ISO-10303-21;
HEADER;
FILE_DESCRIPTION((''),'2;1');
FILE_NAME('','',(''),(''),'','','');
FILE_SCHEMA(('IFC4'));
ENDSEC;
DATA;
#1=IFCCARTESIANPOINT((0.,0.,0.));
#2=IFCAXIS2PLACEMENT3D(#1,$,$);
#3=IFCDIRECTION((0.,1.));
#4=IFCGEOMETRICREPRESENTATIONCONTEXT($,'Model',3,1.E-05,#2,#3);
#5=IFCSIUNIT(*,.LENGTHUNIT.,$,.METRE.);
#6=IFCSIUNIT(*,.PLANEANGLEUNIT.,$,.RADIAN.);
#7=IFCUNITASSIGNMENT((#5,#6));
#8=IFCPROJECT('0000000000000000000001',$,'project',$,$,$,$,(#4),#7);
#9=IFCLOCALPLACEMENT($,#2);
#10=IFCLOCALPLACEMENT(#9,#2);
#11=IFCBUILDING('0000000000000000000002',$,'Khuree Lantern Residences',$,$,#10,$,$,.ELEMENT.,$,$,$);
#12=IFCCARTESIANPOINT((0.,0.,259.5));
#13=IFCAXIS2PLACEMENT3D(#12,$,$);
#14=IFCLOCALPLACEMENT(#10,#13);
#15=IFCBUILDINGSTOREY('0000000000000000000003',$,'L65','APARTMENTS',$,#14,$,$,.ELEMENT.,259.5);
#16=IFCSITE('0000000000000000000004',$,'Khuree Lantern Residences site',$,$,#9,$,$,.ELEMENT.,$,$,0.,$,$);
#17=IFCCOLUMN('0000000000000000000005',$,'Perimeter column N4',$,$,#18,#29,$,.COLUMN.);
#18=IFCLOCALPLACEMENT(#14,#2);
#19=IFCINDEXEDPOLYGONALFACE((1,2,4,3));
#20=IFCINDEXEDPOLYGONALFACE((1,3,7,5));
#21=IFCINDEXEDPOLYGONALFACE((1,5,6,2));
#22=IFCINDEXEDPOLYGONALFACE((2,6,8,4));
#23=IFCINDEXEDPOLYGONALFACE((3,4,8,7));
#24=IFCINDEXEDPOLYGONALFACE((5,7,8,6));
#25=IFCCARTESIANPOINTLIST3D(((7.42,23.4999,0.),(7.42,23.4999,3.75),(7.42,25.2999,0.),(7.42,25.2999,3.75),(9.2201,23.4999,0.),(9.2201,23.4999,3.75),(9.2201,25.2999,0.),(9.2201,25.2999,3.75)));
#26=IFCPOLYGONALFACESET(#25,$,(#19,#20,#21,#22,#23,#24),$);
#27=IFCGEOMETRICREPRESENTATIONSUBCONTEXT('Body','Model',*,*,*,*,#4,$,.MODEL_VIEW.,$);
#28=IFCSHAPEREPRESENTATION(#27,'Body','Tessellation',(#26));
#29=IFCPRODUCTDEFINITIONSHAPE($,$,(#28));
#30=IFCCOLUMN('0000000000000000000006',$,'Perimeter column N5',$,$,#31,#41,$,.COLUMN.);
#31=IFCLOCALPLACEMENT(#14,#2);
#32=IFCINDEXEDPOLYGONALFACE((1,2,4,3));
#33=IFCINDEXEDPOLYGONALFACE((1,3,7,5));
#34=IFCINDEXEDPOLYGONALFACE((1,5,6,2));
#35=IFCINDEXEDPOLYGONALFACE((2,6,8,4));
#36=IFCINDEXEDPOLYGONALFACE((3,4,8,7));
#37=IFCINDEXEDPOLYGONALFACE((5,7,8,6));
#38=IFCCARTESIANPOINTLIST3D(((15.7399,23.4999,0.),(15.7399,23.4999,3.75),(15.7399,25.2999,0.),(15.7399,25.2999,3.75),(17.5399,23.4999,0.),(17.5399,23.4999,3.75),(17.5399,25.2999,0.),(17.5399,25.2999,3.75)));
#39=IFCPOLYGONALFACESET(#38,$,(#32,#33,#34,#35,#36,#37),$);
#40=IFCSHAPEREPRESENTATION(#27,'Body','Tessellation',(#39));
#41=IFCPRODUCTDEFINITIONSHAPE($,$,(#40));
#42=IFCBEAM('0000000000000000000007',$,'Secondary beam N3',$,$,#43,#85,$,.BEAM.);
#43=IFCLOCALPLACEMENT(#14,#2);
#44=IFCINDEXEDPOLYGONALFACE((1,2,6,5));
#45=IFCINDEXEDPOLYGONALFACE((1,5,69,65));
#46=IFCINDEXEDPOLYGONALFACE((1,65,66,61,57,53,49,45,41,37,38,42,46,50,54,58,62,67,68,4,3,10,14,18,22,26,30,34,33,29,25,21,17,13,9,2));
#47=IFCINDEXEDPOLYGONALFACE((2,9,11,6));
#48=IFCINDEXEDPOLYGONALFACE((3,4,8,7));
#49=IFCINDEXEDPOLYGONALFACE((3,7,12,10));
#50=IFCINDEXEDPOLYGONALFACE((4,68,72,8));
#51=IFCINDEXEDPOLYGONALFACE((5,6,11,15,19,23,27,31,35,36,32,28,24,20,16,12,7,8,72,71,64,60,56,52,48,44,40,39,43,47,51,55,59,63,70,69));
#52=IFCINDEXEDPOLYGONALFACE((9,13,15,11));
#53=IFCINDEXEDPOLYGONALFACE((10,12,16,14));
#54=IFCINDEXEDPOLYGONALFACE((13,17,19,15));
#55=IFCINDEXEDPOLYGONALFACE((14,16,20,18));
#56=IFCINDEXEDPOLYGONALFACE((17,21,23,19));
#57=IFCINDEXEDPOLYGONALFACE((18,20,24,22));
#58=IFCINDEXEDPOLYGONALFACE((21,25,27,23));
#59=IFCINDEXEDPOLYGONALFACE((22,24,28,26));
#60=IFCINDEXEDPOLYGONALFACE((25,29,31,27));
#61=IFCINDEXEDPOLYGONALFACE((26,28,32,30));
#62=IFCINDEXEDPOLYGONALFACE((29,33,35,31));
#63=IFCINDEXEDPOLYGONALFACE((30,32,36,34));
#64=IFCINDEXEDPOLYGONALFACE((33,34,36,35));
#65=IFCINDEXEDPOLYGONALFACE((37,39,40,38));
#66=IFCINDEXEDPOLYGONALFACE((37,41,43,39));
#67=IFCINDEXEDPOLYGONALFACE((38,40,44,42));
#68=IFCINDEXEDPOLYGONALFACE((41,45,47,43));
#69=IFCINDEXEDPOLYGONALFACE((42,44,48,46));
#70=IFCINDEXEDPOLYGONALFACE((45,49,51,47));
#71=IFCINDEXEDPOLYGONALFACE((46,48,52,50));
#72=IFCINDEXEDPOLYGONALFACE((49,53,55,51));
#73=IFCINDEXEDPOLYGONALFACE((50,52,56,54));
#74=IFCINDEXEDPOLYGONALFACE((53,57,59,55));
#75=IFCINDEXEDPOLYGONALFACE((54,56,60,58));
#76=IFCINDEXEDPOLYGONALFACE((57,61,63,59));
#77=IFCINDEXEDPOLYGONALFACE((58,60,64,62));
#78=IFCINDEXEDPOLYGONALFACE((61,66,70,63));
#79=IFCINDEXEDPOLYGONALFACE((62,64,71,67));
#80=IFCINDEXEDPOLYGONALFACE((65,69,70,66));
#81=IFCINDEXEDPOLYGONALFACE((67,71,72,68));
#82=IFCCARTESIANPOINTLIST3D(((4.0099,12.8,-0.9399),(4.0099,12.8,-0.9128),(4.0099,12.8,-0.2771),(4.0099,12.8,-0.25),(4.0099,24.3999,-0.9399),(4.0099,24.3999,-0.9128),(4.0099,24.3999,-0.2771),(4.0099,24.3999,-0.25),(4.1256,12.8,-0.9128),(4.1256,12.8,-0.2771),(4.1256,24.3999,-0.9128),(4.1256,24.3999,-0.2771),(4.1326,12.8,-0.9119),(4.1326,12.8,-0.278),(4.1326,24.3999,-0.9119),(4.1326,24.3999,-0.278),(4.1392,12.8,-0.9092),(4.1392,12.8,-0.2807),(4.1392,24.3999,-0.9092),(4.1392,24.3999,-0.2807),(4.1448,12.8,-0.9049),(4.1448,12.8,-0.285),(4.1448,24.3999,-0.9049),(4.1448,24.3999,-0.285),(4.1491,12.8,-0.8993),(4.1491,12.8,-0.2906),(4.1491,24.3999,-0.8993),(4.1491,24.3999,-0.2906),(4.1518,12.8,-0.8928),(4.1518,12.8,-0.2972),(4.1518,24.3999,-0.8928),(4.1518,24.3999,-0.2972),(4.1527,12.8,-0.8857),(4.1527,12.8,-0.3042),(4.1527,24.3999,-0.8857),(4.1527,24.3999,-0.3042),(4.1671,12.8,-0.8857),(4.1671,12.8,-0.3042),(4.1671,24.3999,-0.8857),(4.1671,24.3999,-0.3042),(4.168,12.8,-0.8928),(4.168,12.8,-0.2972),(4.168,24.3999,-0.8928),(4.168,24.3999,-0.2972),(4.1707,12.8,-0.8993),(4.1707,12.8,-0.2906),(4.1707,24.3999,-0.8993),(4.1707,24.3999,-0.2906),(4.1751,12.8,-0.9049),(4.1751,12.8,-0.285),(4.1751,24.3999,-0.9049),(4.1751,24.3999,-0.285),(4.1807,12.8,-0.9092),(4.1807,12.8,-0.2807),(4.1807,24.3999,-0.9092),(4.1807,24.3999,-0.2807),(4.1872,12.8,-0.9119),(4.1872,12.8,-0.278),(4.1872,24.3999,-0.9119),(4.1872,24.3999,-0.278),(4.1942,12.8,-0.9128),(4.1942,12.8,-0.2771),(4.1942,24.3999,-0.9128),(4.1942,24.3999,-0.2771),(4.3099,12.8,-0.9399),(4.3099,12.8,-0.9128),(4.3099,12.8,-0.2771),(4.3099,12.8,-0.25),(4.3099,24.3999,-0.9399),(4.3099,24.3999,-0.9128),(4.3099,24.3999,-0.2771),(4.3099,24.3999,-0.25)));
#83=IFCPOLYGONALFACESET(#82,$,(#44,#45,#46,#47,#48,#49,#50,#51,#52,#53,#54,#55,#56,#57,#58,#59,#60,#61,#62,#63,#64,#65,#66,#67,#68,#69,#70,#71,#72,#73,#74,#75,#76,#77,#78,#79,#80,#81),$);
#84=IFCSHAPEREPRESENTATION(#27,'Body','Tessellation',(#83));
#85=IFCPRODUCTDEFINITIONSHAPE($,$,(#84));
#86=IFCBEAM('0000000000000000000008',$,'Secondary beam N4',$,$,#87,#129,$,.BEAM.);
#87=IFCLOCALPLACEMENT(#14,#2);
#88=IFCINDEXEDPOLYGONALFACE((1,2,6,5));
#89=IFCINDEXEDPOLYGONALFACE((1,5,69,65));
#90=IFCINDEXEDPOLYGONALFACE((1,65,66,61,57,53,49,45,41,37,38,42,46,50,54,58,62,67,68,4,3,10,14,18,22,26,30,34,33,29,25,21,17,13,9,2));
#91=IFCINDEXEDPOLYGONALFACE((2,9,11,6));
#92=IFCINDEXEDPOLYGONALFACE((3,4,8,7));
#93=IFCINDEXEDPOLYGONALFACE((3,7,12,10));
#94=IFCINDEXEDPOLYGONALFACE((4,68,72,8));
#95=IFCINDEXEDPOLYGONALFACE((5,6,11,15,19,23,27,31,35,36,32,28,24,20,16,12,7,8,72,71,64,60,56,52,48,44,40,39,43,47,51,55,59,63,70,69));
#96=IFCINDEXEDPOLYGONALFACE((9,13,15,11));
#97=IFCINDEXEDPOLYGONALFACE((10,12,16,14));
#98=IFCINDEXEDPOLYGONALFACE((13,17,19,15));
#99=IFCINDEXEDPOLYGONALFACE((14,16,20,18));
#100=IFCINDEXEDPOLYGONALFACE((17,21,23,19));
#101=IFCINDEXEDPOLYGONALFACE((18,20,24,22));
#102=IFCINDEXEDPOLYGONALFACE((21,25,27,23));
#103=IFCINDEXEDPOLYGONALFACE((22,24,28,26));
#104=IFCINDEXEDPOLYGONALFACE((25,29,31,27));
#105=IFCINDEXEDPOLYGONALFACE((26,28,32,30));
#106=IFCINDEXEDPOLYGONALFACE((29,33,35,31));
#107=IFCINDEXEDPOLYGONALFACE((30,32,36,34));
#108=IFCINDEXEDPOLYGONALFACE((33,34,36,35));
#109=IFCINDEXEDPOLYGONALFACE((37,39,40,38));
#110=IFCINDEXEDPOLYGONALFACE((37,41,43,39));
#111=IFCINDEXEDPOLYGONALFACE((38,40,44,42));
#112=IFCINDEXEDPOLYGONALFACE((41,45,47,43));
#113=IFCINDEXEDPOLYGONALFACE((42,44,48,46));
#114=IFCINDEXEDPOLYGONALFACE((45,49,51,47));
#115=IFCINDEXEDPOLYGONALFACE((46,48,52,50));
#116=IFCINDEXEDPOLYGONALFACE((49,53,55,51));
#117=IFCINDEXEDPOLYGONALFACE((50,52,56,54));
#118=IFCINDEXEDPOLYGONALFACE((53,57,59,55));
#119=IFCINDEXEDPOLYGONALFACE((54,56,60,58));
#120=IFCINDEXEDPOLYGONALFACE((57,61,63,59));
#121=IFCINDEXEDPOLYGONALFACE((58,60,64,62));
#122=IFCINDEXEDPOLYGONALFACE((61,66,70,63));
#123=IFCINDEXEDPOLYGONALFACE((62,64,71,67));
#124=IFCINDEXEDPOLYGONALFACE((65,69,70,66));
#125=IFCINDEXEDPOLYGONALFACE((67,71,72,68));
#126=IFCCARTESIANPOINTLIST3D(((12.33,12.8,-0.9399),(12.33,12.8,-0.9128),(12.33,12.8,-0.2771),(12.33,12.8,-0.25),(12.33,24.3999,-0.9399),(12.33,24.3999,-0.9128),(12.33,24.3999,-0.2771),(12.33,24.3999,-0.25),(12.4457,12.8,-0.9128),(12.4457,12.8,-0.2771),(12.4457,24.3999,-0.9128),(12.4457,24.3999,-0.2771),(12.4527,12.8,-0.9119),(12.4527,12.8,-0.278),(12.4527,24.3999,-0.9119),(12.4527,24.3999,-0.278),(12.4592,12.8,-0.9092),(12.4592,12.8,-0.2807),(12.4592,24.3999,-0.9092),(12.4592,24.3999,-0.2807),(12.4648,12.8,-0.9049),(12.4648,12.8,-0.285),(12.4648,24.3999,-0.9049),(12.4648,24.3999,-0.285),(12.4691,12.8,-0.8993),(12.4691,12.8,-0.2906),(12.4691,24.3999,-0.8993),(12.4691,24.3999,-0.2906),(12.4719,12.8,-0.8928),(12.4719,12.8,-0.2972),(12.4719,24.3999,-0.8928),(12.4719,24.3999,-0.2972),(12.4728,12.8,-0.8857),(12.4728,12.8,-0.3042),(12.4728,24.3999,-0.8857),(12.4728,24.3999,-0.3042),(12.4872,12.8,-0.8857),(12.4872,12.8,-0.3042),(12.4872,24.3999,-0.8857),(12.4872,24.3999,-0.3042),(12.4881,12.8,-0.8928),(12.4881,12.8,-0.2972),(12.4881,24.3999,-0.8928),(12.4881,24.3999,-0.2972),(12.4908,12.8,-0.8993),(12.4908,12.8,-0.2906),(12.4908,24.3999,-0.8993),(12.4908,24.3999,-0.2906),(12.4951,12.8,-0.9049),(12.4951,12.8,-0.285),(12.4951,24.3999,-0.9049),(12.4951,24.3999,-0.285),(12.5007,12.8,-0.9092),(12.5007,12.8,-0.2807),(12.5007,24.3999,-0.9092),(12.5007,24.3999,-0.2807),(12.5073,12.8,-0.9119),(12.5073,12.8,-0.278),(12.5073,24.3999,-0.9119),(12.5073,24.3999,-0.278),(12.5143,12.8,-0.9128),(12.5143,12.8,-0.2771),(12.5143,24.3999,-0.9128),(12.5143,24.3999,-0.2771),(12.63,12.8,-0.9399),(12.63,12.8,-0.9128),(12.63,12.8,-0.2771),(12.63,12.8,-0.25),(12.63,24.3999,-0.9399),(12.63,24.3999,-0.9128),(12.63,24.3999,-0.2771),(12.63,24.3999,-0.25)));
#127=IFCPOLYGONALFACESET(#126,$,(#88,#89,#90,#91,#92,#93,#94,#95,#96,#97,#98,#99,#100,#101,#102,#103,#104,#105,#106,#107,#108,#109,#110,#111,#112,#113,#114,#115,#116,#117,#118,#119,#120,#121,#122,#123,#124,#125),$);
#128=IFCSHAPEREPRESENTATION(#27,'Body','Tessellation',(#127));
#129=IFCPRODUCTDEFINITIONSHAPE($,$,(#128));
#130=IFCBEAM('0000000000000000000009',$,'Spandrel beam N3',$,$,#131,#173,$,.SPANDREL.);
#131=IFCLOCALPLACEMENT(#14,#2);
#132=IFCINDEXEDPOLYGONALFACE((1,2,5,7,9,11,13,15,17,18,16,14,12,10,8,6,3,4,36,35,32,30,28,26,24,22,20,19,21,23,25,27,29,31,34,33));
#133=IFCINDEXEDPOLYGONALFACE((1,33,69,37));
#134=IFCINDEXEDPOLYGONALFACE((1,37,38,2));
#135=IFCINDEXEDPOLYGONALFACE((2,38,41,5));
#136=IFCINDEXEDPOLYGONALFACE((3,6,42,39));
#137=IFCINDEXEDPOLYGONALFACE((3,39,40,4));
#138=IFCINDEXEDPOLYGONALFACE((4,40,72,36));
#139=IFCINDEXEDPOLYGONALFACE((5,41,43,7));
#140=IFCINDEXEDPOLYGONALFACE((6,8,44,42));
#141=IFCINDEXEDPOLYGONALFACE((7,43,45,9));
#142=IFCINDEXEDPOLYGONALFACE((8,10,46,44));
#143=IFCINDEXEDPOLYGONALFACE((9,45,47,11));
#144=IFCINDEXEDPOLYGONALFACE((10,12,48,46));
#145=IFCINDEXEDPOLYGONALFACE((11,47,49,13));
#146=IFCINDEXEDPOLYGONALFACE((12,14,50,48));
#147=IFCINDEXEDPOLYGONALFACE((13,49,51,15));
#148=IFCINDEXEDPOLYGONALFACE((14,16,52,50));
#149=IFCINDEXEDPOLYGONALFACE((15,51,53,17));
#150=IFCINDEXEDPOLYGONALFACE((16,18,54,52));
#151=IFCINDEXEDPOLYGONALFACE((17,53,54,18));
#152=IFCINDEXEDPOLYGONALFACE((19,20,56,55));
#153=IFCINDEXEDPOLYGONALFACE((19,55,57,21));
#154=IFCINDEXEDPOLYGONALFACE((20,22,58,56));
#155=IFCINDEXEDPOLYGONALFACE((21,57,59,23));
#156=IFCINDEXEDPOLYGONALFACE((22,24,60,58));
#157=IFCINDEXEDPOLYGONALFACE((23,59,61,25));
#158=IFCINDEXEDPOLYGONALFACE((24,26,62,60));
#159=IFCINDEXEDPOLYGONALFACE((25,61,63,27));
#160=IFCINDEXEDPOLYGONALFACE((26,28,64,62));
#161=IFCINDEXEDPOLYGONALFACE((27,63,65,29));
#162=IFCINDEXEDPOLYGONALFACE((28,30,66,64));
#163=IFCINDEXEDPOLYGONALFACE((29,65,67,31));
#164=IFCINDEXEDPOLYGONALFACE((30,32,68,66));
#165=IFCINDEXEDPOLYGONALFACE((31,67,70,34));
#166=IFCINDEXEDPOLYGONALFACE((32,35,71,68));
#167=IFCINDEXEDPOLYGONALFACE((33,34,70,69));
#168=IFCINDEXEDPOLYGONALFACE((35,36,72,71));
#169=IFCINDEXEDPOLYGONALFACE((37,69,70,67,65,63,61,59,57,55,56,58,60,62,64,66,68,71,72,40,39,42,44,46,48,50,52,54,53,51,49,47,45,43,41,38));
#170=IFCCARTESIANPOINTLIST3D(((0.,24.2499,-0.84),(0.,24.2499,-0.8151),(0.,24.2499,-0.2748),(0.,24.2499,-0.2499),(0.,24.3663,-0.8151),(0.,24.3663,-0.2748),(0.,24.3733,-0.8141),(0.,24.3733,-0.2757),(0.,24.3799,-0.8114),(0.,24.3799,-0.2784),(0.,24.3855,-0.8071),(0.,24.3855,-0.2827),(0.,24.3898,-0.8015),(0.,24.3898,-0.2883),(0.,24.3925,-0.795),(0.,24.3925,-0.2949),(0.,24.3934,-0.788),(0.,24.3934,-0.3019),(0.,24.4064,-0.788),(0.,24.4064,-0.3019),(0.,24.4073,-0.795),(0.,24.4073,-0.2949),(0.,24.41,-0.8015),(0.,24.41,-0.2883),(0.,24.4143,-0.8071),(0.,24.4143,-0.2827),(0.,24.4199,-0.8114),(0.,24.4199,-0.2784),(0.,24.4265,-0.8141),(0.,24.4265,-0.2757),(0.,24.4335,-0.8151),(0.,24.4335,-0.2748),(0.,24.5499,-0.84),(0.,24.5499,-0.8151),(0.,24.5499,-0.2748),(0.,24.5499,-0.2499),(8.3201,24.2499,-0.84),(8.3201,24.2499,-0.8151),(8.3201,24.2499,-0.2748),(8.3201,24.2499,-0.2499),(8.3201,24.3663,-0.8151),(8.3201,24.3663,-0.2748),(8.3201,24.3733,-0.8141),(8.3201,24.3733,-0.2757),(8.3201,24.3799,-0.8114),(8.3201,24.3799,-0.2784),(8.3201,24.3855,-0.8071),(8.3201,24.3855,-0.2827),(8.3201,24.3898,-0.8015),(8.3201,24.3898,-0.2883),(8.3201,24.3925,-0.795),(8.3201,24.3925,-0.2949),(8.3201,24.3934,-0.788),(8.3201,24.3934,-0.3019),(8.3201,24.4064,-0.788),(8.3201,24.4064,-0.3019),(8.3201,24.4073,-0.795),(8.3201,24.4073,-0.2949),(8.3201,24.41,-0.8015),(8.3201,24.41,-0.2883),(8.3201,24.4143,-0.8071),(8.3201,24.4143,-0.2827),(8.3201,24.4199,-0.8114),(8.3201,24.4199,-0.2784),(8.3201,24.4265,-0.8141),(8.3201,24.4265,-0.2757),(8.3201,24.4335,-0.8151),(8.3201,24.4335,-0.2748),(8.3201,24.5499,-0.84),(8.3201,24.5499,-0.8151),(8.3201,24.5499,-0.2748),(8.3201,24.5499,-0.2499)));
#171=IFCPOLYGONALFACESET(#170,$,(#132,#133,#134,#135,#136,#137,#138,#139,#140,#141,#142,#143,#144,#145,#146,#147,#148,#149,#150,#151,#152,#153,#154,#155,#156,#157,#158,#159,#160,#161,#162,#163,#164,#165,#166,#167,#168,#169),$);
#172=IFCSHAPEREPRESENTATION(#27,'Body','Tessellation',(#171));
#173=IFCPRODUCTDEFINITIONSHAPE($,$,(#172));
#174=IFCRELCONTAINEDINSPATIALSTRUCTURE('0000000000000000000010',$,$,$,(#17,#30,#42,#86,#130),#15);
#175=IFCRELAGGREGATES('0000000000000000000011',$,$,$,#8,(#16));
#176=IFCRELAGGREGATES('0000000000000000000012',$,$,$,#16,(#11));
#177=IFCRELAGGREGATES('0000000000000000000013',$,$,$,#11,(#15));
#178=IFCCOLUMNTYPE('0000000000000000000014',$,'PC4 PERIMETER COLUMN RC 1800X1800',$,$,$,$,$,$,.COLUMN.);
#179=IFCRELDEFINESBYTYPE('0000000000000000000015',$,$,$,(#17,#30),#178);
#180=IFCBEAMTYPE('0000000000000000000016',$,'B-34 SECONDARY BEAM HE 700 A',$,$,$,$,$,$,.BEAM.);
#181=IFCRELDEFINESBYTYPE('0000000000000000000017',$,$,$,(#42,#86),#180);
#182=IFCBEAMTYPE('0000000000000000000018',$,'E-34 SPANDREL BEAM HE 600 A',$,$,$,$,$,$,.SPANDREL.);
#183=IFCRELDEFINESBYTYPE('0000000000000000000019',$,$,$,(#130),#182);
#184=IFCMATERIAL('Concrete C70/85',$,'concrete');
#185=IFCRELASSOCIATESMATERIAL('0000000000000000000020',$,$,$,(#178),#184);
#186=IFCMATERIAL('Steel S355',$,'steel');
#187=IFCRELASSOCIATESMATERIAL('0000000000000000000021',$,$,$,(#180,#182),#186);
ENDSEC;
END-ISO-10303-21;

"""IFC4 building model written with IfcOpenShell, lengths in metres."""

from ifc_helpers import new_model, si_unit, direction, frame, origin, origin_2d, place, context, subcontext, project, spatial, rectangle, i_section, extrude, material, material_profile, profile_set, type_object, element, save


model = new_model("IFC4")

# Units and contexts
model_context = context("Model", 3, precision=1e-05, world=origin(), true_north=direction((0.0, 1.0)))
body_context = subcontext(model_context, "Body", "Model", "MODEL_VIEW")
ifc_project = project(units=[si_unit("LENGTHUNIT", "METRE"), si_unit("PLANEANGLEUNIT", "RADIAN")], contexts=[model_context])

# Site, building, storey
site_placement = place(None, origin())
site = spatial("IfcSite", under=ifc_project, at=site_placement, Name="Khuree Lantern Residences site", CompositionType="ELEMENT", RefElevation=0.0)
building_placement = place(site_placement, origin())
building = spatial("IfcBuilding", under=site, at=building_placement, Name="Khuree Lantern Residences", CompositionType="ELEMENT")
storey_placement = place(building_placement, frame((0.0, 0.0, 259.5)))
storey = spatial("IfcBuildingStorey", under=building, at=storey_placement, Name="L65", Description="APARTMENTS", CompositionType="ELEMENT", Elevation=259.5)

# Columns
ifc_material_1 = material(Name="Concrete C70/85", Category="concrete")
ifc_material_profile_1 = material_profile(ifc_material_1, rectangle(XDim=1.8, YDim=1.8, at=origin_2d()), Name="RC 1800X1800")
ifc_profile_set_1 = profile_set([ifc_material_profile_1], Name="Concrete C70/85")
column_type = type_object("IfcColumnType", Name="PC4 PERIMETER COLUMN RC 1800X1800", PredefinedType="COLUMN", material=ifc_profile_set_1)
for number, where, z_axis, x_axis, name in (
    (1, (8.3201, 24.3999, 0.0), (0.0, 0.0, 1.0), (1.0, 0.0, 0.0), "Perimeter column N4"),
    (2, (16.6399, 24.3999, 0.0), (0.0, 0.0, 1.0), (1.0, 0.0, 0.0), "Perimeter column N5"),
):
    element("IfcColumn", number, at=place(storey_placement, frame(where, z_axis=z_axis, x_axis=x_axis)), inside=storey, type_object=column_type, Name=name, PredefinedType="COLUMN", context=body_context, shape_type="SweptSolid", body=[
        extrude(rectangle(XDim=1.8, YDim=1.8, at=origin_2d()), origin(), (0.0, 0.0, 1.0), 3.75),
    ])

# Beams
ifc_material_2 = material(Name="Steel S355", Category="steel")
ifc_material_profile_2 = material_profile(ifc_material_2, i_section(OverallWidth=0.3, OverallDepth=0.6899, WebThickness=0.0144, FlangeThickness=0.0271, FilletRadius=0.0271, at=origin_2d()), Name="HE 700 A")
ifc_profile_set_2 = profile_set([ifc_material_profile_2], Name="Steel S355")
beam_type_1 = type_object("IfcBeamType", Name="B-34 SECONDARY BEAM HE 700 A", PredefinedType="BEAM", material=ifc_profile_set_2)
for number, where, z_axis, x_axis, name in (
    (3, (4.1599, 24.3999, -0.595), (0.0, -1.0, 0.0), (1.0, 0.0, 0.0), "Secondary beam N3"),
    (4, (12.48, 24.3999, -0.595), (0.0, -1.0, 0.0), (1.0, 0.0, 0.0), "Secondary beam N4"),
):
    element("IfcBeam", number, at=place(storey_placement, frame(where, z_axis=z_axis, x_axis=x_axis)), inside=storey, type_object=beam_type_1, Name=name, PredefinedType="BEAM", context=body_context, shape_type="SweptSolid", body=[
        extrude(i_section(OverallWidth=0.3, OverallDepth=0.6899, WebThickness=0.0144, FlangeThickness=0.0271, FilletRadius=0.0271, at=origin_2d()), origin(), (0.0, 0.0, 1.0), 11.5999),
    ])
ifc_material_profile_3 = material_profile(ifc_material_2, i_section(OverallWidth=0.3, OverallDepth=0.5901, WebThickness=0.0129, FlangeThickness=0.0249, FilletRadius=0.0271, at=origin_2d()), Name="HE 600 A")
ifc_profile_set_3 = profile_set([ifc_material_profile_3], Name="Steel S355")
beam_type_2 = type_object("IfcBeamType", Name="E-34 SPANDREL BEAM HE 600 A", PredefinedType="SPANDREL", material=ifc_profile_set_3)
beam_1_placement = place(storey_placement, frame((0.0, 24.3999, -0.5449), z_axis=(1.0, 0.0, 0.0), x_axis=(0.0, 1.0, 0.0)))
element("IfcBeam", 5, at=beam_1_placement, inside=storey, type_object=beam_type_2, Name="Spandrel beam N3", PredefinedType="SPANDREL", context=body_context, shape_type="SweptSolid", body=[
    extrude(i_section(OverallWidth=0.3, OverallDepth=0.5901, WebThickness=0.0129, FlangeThickness=0.0249, FilletRadius=0.0271, at=origin_2d()), origin(), (0.0, 0.0, 1.0), 8.3201),
])

save(model, "model.ifc")
